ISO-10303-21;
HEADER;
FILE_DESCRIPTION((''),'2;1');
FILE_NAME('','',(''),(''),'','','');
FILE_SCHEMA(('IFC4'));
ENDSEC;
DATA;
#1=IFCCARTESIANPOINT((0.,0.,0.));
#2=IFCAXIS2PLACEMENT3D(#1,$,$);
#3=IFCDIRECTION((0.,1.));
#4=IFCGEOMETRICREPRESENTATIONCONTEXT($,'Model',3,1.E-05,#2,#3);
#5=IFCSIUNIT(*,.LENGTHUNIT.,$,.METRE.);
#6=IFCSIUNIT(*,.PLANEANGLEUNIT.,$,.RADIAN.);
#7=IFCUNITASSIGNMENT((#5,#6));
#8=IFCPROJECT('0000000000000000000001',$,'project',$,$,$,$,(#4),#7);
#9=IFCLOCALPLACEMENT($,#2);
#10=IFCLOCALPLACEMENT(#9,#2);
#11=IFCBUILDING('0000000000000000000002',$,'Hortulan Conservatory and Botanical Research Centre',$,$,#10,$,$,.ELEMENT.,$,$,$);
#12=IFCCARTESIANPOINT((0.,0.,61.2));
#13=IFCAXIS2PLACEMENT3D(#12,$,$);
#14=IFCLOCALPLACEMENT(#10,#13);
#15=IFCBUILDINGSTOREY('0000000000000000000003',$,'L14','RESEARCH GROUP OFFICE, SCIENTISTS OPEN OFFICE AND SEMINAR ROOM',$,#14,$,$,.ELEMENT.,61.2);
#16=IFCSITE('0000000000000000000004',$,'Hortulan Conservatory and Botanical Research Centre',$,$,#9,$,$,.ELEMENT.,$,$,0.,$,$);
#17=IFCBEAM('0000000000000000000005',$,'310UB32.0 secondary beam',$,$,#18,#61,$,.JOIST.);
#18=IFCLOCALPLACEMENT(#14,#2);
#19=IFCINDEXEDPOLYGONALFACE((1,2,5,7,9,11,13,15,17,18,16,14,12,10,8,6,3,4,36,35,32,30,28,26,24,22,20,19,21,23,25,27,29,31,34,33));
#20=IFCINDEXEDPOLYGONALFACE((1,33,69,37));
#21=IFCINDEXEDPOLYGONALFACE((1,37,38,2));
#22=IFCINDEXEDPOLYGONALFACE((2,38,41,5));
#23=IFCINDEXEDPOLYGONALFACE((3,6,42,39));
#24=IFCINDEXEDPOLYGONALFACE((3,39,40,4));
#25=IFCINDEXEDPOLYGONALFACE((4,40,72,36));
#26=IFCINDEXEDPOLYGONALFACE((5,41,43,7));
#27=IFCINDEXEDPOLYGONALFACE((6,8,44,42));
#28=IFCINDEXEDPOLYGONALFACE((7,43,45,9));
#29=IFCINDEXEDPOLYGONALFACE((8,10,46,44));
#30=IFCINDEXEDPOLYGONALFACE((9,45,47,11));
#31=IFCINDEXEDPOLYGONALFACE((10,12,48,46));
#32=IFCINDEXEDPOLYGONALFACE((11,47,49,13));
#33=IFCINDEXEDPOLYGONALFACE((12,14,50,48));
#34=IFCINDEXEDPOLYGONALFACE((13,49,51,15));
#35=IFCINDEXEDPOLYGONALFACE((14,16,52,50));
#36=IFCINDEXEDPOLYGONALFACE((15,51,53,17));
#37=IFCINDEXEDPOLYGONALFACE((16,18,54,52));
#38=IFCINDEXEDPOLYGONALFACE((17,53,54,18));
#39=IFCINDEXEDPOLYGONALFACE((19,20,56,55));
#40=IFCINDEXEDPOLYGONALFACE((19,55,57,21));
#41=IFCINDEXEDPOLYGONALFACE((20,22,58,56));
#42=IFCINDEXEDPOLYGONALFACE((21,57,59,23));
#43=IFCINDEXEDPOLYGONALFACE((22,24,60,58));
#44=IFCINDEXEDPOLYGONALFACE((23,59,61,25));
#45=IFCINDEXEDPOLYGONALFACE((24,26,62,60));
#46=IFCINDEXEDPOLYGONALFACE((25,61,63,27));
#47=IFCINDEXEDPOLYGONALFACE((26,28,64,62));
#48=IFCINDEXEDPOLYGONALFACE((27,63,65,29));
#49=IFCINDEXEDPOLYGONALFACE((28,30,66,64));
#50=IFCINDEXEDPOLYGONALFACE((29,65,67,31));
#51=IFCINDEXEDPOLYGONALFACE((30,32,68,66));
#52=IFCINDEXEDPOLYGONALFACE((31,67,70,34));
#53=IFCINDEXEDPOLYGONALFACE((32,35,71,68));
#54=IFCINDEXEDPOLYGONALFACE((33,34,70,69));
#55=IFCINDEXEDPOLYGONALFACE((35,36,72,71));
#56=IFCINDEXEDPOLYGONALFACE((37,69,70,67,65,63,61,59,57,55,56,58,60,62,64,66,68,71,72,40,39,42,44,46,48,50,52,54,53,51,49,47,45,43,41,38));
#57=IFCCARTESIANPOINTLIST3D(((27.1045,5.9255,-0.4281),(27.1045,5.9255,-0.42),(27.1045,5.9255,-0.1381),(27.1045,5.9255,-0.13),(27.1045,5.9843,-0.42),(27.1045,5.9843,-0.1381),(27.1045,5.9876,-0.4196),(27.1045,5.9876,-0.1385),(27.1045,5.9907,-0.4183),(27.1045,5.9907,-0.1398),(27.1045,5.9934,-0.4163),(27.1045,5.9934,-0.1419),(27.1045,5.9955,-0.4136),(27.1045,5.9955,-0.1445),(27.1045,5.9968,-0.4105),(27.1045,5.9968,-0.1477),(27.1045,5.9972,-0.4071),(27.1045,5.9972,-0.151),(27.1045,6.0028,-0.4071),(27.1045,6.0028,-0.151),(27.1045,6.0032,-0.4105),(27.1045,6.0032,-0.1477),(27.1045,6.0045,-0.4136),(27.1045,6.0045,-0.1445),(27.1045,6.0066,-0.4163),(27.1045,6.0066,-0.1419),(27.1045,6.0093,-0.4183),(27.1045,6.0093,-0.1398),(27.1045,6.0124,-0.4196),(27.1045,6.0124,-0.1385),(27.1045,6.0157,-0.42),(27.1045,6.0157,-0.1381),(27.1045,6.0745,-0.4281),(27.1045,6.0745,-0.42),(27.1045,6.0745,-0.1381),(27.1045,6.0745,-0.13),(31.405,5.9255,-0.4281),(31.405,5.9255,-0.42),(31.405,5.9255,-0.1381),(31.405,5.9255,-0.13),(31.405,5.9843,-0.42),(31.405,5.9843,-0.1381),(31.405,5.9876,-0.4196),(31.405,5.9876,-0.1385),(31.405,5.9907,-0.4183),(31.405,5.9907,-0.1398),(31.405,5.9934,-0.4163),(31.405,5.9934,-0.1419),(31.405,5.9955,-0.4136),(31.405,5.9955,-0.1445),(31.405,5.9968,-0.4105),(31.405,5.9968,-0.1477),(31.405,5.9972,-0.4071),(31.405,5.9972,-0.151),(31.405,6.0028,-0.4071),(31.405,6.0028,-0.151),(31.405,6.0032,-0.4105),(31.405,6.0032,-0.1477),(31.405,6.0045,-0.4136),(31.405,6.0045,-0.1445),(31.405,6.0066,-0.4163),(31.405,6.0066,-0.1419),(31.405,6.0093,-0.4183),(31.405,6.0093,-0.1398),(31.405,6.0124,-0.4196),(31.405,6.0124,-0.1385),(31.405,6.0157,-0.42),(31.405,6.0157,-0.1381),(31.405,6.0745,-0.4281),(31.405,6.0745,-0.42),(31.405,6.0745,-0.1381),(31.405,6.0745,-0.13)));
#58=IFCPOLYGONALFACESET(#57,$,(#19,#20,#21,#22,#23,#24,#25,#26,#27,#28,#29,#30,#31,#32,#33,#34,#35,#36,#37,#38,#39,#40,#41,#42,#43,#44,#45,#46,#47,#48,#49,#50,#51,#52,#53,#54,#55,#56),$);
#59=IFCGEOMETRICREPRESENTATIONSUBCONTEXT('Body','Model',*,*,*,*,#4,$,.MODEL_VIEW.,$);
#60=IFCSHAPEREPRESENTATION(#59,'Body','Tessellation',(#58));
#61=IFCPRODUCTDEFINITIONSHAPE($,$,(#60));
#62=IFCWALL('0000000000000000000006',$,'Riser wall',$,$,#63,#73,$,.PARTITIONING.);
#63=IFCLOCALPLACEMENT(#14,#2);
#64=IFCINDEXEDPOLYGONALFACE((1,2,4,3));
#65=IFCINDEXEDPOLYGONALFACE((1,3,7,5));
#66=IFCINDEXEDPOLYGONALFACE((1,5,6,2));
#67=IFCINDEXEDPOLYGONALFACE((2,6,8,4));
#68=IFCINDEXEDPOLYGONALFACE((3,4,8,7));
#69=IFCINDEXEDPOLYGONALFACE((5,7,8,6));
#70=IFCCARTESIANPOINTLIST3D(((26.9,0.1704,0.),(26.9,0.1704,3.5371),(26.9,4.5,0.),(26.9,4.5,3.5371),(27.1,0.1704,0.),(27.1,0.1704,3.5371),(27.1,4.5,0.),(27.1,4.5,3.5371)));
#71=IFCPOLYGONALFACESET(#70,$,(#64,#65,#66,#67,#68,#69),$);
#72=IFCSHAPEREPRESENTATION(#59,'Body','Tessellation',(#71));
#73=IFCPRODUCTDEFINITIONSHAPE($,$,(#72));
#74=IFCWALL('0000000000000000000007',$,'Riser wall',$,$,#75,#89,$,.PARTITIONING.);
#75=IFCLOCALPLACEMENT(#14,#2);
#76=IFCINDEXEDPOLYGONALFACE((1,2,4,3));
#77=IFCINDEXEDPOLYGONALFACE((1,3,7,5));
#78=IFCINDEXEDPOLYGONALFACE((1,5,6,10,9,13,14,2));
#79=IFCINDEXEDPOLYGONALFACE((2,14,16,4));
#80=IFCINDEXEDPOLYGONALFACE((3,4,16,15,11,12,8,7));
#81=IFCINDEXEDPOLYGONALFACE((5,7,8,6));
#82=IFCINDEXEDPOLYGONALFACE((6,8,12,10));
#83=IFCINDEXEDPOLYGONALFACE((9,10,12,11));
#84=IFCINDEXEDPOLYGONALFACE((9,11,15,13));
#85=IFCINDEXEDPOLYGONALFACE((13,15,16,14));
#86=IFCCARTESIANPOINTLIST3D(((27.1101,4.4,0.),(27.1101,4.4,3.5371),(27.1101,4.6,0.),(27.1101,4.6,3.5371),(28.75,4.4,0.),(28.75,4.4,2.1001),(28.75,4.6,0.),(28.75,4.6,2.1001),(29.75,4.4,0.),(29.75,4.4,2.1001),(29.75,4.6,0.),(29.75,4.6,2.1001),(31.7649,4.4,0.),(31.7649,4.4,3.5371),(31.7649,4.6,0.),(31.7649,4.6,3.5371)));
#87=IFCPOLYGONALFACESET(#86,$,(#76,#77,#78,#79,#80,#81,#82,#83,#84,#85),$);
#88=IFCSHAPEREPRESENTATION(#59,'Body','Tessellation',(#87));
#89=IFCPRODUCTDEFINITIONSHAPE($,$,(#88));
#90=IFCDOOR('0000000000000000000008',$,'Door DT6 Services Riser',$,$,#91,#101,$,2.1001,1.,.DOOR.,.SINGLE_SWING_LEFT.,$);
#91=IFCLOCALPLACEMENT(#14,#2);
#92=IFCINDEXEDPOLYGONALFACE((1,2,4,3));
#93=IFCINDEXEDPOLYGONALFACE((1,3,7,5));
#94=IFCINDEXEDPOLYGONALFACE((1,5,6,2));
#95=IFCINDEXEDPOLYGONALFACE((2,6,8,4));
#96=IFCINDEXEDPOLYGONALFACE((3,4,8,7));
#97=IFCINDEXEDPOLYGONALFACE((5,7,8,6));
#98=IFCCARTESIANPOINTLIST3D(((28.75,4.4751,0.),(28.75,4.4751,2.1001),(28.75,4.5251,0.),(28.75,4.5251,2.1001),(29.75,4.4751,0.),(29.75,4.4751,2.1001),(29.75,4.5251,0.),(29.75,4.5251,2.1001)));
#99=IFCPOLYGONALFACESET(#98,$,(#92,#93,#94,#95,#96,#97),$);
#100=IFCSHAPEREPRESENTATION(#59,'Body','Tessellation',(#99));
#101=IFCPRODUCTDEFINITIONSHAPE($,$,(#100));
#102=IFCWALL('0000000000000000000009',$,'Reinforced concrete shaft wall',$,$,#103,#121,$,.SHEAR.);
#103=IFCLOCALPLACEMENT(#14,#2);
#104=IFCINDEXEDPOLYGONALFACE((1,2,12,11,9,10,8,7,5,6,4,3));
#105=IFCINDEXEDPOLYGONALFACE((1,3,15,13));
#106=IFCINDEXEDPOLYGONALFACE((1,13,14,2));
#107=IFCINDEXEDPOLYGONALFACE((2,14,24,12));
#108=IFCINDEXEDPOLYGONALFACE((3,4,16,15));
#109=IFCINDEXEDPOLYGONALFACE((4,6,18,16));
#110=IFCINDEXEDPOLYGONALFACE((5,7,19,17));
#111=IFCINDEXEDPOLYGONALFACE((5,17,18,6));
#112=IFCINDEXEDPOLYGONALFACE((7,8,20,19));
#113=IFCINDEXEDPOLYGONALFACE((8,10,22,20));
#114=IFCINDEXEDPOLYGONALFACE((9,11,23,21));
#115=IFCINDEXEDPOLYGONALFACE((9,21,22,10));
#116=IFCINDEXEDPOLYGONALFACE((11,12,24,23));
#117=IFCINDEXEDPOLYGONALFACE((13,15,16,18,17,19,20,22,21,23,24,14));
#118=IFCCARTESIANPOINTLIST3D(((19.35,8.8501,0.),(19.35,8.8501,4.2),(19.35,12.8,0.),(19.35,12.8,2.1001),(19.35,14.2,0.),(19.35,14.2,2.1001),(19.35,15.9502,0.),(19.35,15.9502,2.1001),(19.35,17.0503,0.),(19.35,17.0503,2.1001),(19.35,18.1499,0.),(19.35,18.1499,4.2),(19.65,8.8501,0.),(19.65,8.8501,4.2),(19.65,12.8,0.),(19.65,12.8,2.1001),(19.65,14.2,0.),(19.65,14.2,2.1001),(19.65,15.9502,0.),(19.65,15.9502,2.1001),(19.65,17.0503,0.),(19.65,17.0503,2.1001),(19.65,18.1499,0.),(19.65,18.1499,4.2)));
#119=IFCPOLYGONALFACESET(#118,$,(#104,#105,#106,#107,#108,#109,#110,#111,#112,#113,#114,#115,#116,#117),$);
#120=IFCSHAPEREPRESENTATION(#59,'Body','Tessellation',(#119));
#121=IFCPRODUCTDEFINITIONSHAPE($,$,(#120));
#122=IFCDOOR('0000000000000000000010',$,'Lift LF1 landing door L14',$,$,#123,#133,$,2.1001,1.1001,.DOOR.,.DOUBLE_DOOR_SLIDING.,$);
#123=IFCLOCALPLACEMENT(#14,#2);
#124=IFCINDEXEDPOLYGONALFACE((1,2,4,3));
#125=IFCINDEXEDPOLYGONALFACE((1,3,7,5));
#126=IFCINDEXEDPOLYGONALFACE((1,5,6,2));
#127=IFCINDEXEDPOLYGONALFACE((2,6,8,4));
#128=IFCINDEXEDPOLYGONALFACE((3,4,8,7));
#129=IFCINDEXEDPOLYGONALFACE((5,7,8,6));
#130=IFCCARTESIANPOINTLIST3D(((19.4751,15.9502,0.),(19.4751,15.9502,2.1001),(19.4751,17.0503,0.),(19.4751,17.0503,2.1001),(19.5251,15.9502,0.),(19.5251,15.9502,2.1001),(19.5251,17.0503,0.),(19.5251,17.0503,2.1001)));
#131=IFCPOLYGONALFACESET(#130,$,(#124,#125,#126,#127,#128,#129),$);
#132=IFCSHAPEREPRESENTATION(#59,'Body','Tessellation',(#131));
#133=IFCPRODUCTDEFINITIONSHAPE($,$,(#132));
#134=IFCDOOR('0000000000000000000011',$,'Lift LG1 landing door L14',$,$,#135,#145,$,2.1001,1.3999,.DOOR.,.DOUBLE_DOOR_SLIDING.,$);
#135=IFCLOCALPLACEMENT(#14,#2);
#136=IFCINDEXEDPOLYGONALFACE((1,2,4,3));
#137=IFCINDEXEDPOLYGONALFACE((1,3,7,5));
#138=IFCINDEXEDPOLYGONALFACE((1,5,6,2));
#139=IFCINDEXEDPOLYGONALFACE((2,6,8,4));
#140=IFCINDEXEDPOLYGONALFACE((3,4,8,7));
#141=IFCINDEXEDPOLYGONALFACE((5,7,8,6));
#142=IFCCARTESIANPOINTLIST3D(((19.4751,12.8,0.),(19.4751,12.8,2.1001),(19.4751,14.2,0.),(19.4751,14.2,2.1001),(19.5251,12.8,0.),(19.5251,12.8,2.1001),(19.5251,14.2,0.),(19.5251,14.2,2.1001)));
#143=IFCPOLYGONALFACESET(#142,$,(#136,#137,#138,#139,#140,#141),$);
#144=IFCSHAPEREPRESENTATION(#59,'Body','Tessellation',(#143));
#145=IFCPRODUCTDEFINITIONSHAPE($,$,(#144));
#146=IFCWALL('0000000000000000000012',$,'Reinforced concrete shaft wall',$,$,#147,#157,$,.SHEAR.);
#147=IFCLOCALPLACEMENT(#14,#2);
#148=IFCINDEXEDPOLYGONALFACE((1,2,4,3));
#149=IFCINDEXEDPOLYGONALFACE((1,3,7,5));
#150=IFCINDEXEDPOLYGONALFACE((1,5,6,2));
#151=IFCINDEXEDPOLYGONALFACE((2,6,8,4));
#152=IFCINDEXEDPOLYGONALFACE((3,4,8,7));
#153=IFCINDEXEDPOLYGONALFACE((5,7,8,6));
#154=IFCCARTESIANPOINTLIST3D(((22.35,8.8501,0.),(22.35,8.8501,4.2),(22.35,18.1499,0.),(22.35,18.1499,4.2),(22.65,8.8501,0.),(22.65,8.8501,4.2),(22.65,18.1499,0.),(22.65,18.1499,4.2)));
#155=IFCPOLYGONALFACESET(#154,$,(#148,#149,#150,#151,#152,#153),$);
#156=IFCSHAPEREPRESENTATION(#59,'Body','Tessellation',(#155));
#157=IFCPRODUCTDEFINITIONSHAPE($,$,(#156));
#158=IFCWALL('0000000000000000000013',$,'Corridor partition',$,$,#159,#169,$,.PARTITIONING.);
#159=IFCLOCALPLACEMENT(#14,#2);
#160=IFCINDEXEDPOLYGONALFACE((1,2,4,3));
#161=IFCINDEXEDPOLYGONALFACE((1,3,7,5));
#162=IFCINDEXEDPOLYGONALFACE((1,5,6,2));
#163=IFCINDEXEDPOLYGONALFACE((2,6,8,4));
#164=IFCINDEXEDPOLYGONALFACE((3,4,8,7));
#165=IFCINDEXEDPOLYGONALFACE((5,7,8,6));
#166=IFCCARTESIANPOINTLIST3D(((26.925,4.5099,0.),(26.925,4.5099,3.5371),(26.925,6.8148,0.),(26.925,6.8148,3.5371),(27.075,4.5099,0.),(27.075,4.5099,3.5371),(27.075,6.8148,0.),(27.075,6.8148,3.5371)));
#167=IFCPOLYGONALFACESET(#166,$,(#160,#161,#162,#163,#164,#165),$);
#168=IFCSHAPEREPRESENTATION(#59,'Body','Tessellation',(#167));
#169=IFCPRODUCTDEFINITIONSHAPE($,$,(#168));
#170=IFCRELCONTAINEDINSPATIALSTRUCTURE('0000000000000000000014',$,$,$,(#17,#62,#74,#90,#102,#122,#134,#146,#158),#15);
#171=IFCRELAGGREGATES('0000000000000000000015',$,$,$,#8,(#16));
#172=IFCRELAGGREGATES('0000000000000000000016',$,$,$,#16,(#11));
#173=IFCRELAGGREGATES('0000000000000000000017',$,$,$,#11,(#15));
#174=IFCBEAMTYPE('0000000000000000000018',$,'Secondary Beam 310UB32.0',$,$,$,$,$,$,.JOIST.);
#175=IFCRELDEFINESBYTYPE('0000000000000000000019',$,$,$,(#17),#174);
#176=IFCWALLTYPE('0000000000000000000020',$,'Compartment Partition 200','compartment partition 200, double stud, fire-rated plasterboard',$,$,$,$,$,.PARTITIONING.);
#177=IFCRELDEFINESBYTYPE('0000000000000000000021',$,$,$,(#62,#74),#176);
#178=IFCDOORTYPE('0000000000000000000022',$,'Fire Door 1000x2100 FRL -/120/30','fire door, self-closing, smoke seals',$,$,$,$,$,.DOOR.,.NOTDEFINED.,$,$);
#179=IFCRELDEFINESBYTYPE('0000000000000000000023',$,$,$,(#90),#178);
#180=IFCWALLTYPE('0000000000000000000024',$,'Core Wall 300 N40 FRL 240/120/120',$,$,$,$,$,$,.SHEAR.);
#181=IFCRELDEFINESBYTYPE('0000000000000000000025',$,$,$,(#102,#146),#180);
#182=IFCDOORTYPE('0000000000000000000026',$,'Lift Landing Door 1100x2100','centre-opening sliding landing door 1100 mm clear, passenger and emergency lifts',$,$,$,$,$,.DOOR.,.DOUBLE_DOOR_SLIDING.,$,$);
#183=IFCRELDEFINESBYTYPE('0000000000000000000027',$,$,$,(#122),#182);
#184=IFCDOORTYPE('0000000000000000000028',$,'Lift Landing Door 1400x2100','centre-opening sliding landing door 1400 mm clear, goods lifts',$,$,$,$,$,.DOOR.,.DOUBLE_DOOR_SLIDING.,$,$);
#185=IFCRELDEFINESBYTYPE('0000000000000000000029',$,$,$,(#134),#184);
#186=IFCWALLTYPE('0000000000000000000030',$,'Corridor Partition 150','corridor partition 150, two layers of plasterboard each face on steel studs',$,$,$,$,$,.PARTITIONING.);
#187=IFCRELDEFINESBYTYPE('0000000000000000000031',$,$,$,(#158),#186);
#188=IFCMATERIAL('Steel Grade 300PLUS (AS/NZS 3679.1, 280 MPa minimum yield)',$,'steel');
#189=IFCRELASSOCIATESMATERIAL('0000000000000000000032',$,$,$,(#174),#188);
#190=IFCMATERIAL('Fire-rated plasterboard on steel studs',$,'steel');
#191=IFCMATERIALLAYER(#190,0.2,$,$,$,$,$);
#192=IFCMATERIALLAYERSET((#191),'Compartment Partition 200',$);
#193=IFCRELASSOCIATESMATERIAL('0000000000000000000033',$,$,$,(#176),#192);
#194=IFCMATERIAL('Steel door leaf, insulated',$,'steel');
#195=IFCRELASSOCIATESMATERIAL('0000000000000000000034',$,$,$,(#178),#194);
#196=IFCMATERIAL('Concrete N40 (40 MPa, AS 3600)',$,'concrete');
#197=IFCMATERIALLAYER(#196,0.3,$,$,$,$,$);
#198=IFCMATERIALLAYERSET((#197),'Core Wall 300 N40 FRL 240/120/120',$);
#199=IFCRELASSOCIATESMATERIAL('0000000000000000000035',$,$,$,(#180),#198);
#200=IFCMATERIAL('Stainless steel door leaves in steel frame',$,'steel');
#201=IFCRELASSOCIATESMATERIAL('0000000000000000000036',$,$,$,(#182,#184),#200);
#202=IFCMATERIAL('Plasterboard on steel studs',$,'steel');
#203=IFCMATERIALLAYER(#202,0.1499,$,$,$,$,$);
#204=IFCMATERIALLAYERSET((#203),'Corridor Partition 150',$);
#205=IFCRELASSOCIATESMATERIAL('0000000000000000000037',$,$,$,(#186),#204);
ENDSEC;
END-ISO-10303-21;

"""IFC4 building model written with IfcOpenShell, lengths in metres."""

from ifc_helpers import new_model, si_unit, direction, frame, frame_2d, origin, origin_2d, place, context, subcontext, project, spatial, rectangle, i_section, extrude, material, layer, layer_set, material_profile, profile_set, type_object, element, fill, save


model = new_model("IFC4")

# Units and contexts
model_context = context("Model", 3, precision=1e-05, world=origin(), true_north=direction((0.0, 1.0)))
body_context = subcontext(model_context, "Body", "Model", "MODEL_VIEW")
ifc_project = project(units=[si_unit("LENGTHUNIT", "METRE"), si_unit("PLANEANGLEUNIT", "RADIAN")], contexts=[model_context])

# Site, building, storey
site_placement = place(None, origin())
site = spatial("IfcSite", under=ifc_project, at=site_placement, Name="Hortulan Conservatory and Botanical Research Centre", CompositionType="ELEMENT", RefElevation=0.0)
building_placement = place(site_placement, origin())
building = spatial("IfcBuilding", under=site, at=building_placement, Name="Hortulan Conservatory and Botanical Research Centre", CompositionType="ELEMENT")
storey_placement = place(building_placement, frame((0.0, 0.0, 61.2)))
storey = spatial("IfcBuildingStorey", under=building, at=storey_placement, Name="L14", Description="RESEARCH GROUP OFFICE, SCIENTISTS OPEN OFFICE AND SEMINAR ROOM", CompositionType="ELEMENT", Elevation=61.2)

# Shared definitions
ifc_material_1 = material(Name="Steel Grade 300PLUS (AS/NZS 3679.1, 280 MPa minimum yield)", Category="steel")

# Beam
ifc_material_profile_1 = material_profile(ifc_material_1, i_section(OverallWidth=0.1489, OverallDepth=0.2981, WebThickness=0.0056, FlangeThickness=0.0081, FilletRadius=0.0129, at=origin_2d()), Name="310UB32.0")
ifc_profile_set_1 = profile_set([ifc_material_profile_1], Name="Steel Grade 300PLUS (AS/NZS 3679.1, 280 MPa minimum yield)")
beam_type_1 = type_object("IfcBeamType", Name="Secondary Beam 310UB32.0", PredefinedType="JOIST", material=ifc_profile_set_1)
for number, where, z_axis, x_axis, name in (
    (1, (27.1045, 6.0, -0.2791), (1.0, 0.0, 0.0), (0.0, 1.0, 0.0), "310UB32.0 secondary beam"),
):
    element("IfcBeam", number, at=place(storey_placement, frame(where, z_axis=z_axis, x_axis=x_axis)), inside=storey, type_object=beam_type_1, Name=name, PredefinedType="JOIST", context=body_context, shape_type="SweptSolid", body=[
        extrude(i_section(OverallWidth=0.1489, OverallDepth=0.2981, WebThickness=0.0056, FlangeThickness=0.0081, FilletRadius=0.0129, at=origin_2d()), origin(), (0.0, 0.0, 1.0), 4.3005),
    ])

# Wall
ifc_material_2 = material(Name="Fire-rated plasterboard on steel studs", Category="steel")
ifc_layer_1 = layer(ifc_material_2, 0.2)
ifc_layer_set_1 = layer_set([ifc_layer_1], Name="Compartment Partition 200")
wall_type_1 = type_object("IfcWallType", Name="Compartment Partition 200", Description="compartment partition 200, double stud, fire-rated plasterboard", PredefinedType="PARTITIONING", material=ifc_layer_set_1)
wall_1_placement = place(storey_placement, frame((27.0, 0.1704, 0.0), z_axis=(0.0, 0.0, 1.0), x_axis=(0.0, 1.0, 0.0)))
element("IfcWall", 2, at=wall_1_placement, inside=storey, type_object=wall_type_1, Name="Riser wall", PredefinedType="PARTITIONING", context=body_context, shape_type="SweptSolid", body=[
    extrude(rectangle(XDim=4.3296, YDim=0.2, at=frame_2d((2.1648, 0.0))), origin(), (0.0, 0.0, 1.0), 3.5371),
])

# Wall, opening, door
wall_2_placement = place(storey_placement, frame((27.1101, 4.5, 0.0), z_axis=(0.0, 0.0, 1.0), x_axis=(1.0, 0.0, 0.0)))
wall_2 = element("IfcWall", 3, at=wall_2_placement, inside=storey, type_object=wall_type_1, Name="Riser wall", PredefinedType="PARTITIONING", context=body_context, shape_type="SweptSolid", body=[
    extrude(rectangle(XDim=4.6548, YDim=0.2, at=frame_2d((2.3274, 0.0))), origin(), (0.0, 0.0, 1.0), 3.5371),
])
opening_1_placement = place(wall_2_placement, frame((1.6399, 0.0, 0.0)))
opening_1 = element("IfcOpeningElement", 4, at=opening_1_placement, cuts=wall_2, PredefinedType="OPENING", context=body_context, shape_type="SweptSolid", body=[
    extrude(rectangle(XDim=1.0, YDim=2.1001, at=frame_2d((0.5, 1.05))), frame((0.0, 0.1099, 0.0), z_axis=(0.0, -1.0, 0.0), x_axis=(1.0, 0.0, 0.0)), (0.0, 0.0, 1.0), 0.22),
])
ifc_material_3 = material(Name="Steel door leaf, insulated", Category="steel")
door_type_1 = type_object("IfcDoorType", Name="Fire Door 1000x2100 FRL -/120/30", Description="fire door, self-closing, smoke seals", OperationType="NOTDEFINED", PredefinedType="DOOR", material=ifc_material_3)
door_1_placement = place(opening_1_placement, frame((1.0, 0.0, 0.0), z_axis=(0.0, 0.0, 1.0), x_axis=(-1.0, 0.0, 0.0)))
door_1 = element("IfcDoor", 5, at=door_1_placement, inside=storey, type_object=door_type_1, Name="Door DT6 Services Riser", OperationType="SINGLE_SWING_LEFT", OverallHeight=2.1001, OverallWidth=1.0, PredefinedType="DOOR", context=body_context, shape_type="SweptSolid", body=[
    extrude(rectangle(XDim=1.0, YDim=2.1001, at=frame_2d((0.5, 1.05))), frame((0.0, 0.0249, 0.0), z_axis=(0.0, -1.0, 0.0), x_axis=(1.0, 0.0, 0.0)), (0.0, 0.0, 1.0), 0.05),
])
fill(opening_1, door_1)

# Wall, openings, doors
ifc_material_4 = material(Name="Concrete N40 (40 MPa, AS 3600)", Category="concrete")
ifc_layer_2 = layer(ifc_material_4, 0.3)
ifc_layer_set_2 = layer_set([ifc_layer_2], Name="Core Wall 300 N40 FRL 240/120/120")
wall_type_2 = type_object("IfcWallType", Name="Core Wall 300 N40 FRL 240/120/120", PredefinedType="SHEAR", material=ifc_layer_set_2)
wall_3_placement = place(storey_placement, frame((19.5, 8.8501, 0.0), z_axis=(0.0, 0.0, 1.0), x_axis=(0.0, 1.0, 0.0)))
wall_3 = element("IfcWall", 6, at=wall_3_placement, inside=storey, type_object=wall_type_2, Name="Reinforced concrete shaft wall", PredefinedType="SHEAR", context=body_context, shape_type="SweptSolid", body=[
    extrude(rectangle(XDim=9.2998, YDim=0.3, at=frame_2d((4.6499, 0.0))), origin(), (0.0, 0.0, 1.0), 4.2),
])
opening_2_placement = place(wall_3_placement, frame((3.95, 0.0, 0.0)))
opening_2 = element("IfcOpeningElement", 7, at=opening_2_placement, cuts=wall_3, PredefinedType="OPENING", context=body_context, shape_type="SweptSolid", body=[
    extrude(rectangle(XDim=1.3999, YDim=2.1001, at=frame_2d((0.7, 1.05))), frame((0.0, 0.1599, 0.0), z_axis=(0.0, -1.0, 0.0), x_axis=(1.0, 0.0, 0.0)), (0.0, 0.0, 1.0), 0.3201),
])
opening_3_placement = place(wall_3_placement, frame((7.1001, 0.0, 0.0)))
opening_3 = element("IfcOpeningElement", 8, at=opening_3_placement, cuts=wall_3, PredefinedType="OPENING", context=body_context, shape_type="SweptSolid", body=[
    extrude(rectangle(XDim=1.1001, YDim=2.1001, at=frame_2d((0.55, 1.05))), frame((0.0, 0.1599, 0.0), z_axis=(0.0, -1.0, 0.0), x_axis=(1.0, 0.0, 0.0)), (0.0, 0.0, 1.0), 0.3201),
])
ifc_material_5 = material(Name="Stainless steel door leaves in steel frame", Category="steel")
door_type_2 = type_object("IfcDoorType", Name="Lift Landing Door 1100x2100", Description="centre-opening sliding landing door 1100 mm clear, passenger and emergency lifts", OperationType="DOUBLE_DOOR_SLIDING", PredefinedType="DOOR", material=ifc_material_5)
door_2_placement = place(opening_3_placement, origin())
door_2 = element("IfcDoor", 9, at=door_2_placement, inside=storey, type_object=door_type_2, Name="Lift LF1 landing door L14", OperationType="DOUBLE_DOOR_SLIDING", OverallHeight=2.1001, OverallWidth=1.1001, PredefinedType="DOOR", context=body_context, shape_type="SweptSolid", body=[
    extrude(rectangle(XDim=1.1001, YDim=2.1001, at=frame_2d((0.55, 1.05))), frame((0.0, 0.0249, 0.0), z_axis=(0.0, -1.0, 0.0), x_axis=(1.0, 0.0, 0.0)), (0.0, 0.0, 1.0), 0.05),
])
fill(opening_3, door_2)
door_type_3 = type_object("IfcDoorType", Name="Lift Landing Door 1400x2100", Description="centre-opening sliding landing door 1400 mm clear, goods lifts", OperationType="DOUBLE_DOOR_SLIDING", PredefinedType="DOOR", material=ifc_material_5)
door_3_placement = place(opening_2_placement, origin())
door_3 = element("IfcDoor", 10, at=door_3_placement, inside=storey, type_object=door_type_3, Name="Lift LG1 landing door L14", OperationType="DOUBLE_DOOR_SLIDING", OverallHeight=2.1001, OverallWidth=1.3999, PredefinedType="DOOR", context=body_context, shape_type="SweptSolid", body=[
    extrude(rectangle(XDim=1.3999, YDim=2.1001, at=frame_2d((0.7, 1.05))), frame((0.0, 0.0249, 0.0), z_axis=(0.0, -1.0, 0.0), x_axis=(1.0, 0.0, 0.0)), (0.0, 0.0, 1.0), 0.05),
])
fill(opening_2, door_3)

# Walls
wall_4_placement = place(storey_placement, frame((22.5, 8.8501, 0.0), z_axis=(0.0, 0.0, 1.0), x_axis=(0.0, 1.0, 0.0)))
element("IfcWall", 11, at=wall_4_placement, inside=storey, type_object=wall_type_2, Name="Reinforced concrete shaft wall", PredefinedType="SHEAR", context=body_context, shape_type="SweptSolid", body=[
    extrude(rectangle(XDim=9.2998, YDim=0.3, at=frame_2d((4.6499, 0.0))), origin(), (0.0, 0.0, 1.0), 4.2),
])
ifc_material_6 = material(Name="Plasterboard on steel studs", Category="steel")
ifc_layer_3 = layer(ifc_material_6, 0.1499)
ifc_layer_set_3 = layer_set([ifc_layer_3], Name="Corridor Partition 150")
wall_type_3 = type_object("IfcWallType", Name="Corridor Partition 150", Description="corridor partition 150, two layers of plasterboard each face on steel studs", PredefinedType="PARTITIONING", material=ifc_layer_set_3)
wall_5_placement = place(storey_placement, frame((27.0, 4.51, 0.0), z_axis=(0.0, 0.0, 1.0), x_axis=(0.0, 1.0, 0.0)))
element("IfcWall", 12, at=wall_5_placement, inside=storey, type_object=wall_type_3, Name="Corridor partition", PredefinedType="PARTITIONING", context=body_context, shape_type="SweptSolid", body=[
    extrude(rectangle(XDim=2.3049, YDim=0.1499, at=frame_2d((1.1523, 0.0))), origin(), (0.0, 0.0, 1.0), 3.5371),
])

save(model, "model.ifc")
